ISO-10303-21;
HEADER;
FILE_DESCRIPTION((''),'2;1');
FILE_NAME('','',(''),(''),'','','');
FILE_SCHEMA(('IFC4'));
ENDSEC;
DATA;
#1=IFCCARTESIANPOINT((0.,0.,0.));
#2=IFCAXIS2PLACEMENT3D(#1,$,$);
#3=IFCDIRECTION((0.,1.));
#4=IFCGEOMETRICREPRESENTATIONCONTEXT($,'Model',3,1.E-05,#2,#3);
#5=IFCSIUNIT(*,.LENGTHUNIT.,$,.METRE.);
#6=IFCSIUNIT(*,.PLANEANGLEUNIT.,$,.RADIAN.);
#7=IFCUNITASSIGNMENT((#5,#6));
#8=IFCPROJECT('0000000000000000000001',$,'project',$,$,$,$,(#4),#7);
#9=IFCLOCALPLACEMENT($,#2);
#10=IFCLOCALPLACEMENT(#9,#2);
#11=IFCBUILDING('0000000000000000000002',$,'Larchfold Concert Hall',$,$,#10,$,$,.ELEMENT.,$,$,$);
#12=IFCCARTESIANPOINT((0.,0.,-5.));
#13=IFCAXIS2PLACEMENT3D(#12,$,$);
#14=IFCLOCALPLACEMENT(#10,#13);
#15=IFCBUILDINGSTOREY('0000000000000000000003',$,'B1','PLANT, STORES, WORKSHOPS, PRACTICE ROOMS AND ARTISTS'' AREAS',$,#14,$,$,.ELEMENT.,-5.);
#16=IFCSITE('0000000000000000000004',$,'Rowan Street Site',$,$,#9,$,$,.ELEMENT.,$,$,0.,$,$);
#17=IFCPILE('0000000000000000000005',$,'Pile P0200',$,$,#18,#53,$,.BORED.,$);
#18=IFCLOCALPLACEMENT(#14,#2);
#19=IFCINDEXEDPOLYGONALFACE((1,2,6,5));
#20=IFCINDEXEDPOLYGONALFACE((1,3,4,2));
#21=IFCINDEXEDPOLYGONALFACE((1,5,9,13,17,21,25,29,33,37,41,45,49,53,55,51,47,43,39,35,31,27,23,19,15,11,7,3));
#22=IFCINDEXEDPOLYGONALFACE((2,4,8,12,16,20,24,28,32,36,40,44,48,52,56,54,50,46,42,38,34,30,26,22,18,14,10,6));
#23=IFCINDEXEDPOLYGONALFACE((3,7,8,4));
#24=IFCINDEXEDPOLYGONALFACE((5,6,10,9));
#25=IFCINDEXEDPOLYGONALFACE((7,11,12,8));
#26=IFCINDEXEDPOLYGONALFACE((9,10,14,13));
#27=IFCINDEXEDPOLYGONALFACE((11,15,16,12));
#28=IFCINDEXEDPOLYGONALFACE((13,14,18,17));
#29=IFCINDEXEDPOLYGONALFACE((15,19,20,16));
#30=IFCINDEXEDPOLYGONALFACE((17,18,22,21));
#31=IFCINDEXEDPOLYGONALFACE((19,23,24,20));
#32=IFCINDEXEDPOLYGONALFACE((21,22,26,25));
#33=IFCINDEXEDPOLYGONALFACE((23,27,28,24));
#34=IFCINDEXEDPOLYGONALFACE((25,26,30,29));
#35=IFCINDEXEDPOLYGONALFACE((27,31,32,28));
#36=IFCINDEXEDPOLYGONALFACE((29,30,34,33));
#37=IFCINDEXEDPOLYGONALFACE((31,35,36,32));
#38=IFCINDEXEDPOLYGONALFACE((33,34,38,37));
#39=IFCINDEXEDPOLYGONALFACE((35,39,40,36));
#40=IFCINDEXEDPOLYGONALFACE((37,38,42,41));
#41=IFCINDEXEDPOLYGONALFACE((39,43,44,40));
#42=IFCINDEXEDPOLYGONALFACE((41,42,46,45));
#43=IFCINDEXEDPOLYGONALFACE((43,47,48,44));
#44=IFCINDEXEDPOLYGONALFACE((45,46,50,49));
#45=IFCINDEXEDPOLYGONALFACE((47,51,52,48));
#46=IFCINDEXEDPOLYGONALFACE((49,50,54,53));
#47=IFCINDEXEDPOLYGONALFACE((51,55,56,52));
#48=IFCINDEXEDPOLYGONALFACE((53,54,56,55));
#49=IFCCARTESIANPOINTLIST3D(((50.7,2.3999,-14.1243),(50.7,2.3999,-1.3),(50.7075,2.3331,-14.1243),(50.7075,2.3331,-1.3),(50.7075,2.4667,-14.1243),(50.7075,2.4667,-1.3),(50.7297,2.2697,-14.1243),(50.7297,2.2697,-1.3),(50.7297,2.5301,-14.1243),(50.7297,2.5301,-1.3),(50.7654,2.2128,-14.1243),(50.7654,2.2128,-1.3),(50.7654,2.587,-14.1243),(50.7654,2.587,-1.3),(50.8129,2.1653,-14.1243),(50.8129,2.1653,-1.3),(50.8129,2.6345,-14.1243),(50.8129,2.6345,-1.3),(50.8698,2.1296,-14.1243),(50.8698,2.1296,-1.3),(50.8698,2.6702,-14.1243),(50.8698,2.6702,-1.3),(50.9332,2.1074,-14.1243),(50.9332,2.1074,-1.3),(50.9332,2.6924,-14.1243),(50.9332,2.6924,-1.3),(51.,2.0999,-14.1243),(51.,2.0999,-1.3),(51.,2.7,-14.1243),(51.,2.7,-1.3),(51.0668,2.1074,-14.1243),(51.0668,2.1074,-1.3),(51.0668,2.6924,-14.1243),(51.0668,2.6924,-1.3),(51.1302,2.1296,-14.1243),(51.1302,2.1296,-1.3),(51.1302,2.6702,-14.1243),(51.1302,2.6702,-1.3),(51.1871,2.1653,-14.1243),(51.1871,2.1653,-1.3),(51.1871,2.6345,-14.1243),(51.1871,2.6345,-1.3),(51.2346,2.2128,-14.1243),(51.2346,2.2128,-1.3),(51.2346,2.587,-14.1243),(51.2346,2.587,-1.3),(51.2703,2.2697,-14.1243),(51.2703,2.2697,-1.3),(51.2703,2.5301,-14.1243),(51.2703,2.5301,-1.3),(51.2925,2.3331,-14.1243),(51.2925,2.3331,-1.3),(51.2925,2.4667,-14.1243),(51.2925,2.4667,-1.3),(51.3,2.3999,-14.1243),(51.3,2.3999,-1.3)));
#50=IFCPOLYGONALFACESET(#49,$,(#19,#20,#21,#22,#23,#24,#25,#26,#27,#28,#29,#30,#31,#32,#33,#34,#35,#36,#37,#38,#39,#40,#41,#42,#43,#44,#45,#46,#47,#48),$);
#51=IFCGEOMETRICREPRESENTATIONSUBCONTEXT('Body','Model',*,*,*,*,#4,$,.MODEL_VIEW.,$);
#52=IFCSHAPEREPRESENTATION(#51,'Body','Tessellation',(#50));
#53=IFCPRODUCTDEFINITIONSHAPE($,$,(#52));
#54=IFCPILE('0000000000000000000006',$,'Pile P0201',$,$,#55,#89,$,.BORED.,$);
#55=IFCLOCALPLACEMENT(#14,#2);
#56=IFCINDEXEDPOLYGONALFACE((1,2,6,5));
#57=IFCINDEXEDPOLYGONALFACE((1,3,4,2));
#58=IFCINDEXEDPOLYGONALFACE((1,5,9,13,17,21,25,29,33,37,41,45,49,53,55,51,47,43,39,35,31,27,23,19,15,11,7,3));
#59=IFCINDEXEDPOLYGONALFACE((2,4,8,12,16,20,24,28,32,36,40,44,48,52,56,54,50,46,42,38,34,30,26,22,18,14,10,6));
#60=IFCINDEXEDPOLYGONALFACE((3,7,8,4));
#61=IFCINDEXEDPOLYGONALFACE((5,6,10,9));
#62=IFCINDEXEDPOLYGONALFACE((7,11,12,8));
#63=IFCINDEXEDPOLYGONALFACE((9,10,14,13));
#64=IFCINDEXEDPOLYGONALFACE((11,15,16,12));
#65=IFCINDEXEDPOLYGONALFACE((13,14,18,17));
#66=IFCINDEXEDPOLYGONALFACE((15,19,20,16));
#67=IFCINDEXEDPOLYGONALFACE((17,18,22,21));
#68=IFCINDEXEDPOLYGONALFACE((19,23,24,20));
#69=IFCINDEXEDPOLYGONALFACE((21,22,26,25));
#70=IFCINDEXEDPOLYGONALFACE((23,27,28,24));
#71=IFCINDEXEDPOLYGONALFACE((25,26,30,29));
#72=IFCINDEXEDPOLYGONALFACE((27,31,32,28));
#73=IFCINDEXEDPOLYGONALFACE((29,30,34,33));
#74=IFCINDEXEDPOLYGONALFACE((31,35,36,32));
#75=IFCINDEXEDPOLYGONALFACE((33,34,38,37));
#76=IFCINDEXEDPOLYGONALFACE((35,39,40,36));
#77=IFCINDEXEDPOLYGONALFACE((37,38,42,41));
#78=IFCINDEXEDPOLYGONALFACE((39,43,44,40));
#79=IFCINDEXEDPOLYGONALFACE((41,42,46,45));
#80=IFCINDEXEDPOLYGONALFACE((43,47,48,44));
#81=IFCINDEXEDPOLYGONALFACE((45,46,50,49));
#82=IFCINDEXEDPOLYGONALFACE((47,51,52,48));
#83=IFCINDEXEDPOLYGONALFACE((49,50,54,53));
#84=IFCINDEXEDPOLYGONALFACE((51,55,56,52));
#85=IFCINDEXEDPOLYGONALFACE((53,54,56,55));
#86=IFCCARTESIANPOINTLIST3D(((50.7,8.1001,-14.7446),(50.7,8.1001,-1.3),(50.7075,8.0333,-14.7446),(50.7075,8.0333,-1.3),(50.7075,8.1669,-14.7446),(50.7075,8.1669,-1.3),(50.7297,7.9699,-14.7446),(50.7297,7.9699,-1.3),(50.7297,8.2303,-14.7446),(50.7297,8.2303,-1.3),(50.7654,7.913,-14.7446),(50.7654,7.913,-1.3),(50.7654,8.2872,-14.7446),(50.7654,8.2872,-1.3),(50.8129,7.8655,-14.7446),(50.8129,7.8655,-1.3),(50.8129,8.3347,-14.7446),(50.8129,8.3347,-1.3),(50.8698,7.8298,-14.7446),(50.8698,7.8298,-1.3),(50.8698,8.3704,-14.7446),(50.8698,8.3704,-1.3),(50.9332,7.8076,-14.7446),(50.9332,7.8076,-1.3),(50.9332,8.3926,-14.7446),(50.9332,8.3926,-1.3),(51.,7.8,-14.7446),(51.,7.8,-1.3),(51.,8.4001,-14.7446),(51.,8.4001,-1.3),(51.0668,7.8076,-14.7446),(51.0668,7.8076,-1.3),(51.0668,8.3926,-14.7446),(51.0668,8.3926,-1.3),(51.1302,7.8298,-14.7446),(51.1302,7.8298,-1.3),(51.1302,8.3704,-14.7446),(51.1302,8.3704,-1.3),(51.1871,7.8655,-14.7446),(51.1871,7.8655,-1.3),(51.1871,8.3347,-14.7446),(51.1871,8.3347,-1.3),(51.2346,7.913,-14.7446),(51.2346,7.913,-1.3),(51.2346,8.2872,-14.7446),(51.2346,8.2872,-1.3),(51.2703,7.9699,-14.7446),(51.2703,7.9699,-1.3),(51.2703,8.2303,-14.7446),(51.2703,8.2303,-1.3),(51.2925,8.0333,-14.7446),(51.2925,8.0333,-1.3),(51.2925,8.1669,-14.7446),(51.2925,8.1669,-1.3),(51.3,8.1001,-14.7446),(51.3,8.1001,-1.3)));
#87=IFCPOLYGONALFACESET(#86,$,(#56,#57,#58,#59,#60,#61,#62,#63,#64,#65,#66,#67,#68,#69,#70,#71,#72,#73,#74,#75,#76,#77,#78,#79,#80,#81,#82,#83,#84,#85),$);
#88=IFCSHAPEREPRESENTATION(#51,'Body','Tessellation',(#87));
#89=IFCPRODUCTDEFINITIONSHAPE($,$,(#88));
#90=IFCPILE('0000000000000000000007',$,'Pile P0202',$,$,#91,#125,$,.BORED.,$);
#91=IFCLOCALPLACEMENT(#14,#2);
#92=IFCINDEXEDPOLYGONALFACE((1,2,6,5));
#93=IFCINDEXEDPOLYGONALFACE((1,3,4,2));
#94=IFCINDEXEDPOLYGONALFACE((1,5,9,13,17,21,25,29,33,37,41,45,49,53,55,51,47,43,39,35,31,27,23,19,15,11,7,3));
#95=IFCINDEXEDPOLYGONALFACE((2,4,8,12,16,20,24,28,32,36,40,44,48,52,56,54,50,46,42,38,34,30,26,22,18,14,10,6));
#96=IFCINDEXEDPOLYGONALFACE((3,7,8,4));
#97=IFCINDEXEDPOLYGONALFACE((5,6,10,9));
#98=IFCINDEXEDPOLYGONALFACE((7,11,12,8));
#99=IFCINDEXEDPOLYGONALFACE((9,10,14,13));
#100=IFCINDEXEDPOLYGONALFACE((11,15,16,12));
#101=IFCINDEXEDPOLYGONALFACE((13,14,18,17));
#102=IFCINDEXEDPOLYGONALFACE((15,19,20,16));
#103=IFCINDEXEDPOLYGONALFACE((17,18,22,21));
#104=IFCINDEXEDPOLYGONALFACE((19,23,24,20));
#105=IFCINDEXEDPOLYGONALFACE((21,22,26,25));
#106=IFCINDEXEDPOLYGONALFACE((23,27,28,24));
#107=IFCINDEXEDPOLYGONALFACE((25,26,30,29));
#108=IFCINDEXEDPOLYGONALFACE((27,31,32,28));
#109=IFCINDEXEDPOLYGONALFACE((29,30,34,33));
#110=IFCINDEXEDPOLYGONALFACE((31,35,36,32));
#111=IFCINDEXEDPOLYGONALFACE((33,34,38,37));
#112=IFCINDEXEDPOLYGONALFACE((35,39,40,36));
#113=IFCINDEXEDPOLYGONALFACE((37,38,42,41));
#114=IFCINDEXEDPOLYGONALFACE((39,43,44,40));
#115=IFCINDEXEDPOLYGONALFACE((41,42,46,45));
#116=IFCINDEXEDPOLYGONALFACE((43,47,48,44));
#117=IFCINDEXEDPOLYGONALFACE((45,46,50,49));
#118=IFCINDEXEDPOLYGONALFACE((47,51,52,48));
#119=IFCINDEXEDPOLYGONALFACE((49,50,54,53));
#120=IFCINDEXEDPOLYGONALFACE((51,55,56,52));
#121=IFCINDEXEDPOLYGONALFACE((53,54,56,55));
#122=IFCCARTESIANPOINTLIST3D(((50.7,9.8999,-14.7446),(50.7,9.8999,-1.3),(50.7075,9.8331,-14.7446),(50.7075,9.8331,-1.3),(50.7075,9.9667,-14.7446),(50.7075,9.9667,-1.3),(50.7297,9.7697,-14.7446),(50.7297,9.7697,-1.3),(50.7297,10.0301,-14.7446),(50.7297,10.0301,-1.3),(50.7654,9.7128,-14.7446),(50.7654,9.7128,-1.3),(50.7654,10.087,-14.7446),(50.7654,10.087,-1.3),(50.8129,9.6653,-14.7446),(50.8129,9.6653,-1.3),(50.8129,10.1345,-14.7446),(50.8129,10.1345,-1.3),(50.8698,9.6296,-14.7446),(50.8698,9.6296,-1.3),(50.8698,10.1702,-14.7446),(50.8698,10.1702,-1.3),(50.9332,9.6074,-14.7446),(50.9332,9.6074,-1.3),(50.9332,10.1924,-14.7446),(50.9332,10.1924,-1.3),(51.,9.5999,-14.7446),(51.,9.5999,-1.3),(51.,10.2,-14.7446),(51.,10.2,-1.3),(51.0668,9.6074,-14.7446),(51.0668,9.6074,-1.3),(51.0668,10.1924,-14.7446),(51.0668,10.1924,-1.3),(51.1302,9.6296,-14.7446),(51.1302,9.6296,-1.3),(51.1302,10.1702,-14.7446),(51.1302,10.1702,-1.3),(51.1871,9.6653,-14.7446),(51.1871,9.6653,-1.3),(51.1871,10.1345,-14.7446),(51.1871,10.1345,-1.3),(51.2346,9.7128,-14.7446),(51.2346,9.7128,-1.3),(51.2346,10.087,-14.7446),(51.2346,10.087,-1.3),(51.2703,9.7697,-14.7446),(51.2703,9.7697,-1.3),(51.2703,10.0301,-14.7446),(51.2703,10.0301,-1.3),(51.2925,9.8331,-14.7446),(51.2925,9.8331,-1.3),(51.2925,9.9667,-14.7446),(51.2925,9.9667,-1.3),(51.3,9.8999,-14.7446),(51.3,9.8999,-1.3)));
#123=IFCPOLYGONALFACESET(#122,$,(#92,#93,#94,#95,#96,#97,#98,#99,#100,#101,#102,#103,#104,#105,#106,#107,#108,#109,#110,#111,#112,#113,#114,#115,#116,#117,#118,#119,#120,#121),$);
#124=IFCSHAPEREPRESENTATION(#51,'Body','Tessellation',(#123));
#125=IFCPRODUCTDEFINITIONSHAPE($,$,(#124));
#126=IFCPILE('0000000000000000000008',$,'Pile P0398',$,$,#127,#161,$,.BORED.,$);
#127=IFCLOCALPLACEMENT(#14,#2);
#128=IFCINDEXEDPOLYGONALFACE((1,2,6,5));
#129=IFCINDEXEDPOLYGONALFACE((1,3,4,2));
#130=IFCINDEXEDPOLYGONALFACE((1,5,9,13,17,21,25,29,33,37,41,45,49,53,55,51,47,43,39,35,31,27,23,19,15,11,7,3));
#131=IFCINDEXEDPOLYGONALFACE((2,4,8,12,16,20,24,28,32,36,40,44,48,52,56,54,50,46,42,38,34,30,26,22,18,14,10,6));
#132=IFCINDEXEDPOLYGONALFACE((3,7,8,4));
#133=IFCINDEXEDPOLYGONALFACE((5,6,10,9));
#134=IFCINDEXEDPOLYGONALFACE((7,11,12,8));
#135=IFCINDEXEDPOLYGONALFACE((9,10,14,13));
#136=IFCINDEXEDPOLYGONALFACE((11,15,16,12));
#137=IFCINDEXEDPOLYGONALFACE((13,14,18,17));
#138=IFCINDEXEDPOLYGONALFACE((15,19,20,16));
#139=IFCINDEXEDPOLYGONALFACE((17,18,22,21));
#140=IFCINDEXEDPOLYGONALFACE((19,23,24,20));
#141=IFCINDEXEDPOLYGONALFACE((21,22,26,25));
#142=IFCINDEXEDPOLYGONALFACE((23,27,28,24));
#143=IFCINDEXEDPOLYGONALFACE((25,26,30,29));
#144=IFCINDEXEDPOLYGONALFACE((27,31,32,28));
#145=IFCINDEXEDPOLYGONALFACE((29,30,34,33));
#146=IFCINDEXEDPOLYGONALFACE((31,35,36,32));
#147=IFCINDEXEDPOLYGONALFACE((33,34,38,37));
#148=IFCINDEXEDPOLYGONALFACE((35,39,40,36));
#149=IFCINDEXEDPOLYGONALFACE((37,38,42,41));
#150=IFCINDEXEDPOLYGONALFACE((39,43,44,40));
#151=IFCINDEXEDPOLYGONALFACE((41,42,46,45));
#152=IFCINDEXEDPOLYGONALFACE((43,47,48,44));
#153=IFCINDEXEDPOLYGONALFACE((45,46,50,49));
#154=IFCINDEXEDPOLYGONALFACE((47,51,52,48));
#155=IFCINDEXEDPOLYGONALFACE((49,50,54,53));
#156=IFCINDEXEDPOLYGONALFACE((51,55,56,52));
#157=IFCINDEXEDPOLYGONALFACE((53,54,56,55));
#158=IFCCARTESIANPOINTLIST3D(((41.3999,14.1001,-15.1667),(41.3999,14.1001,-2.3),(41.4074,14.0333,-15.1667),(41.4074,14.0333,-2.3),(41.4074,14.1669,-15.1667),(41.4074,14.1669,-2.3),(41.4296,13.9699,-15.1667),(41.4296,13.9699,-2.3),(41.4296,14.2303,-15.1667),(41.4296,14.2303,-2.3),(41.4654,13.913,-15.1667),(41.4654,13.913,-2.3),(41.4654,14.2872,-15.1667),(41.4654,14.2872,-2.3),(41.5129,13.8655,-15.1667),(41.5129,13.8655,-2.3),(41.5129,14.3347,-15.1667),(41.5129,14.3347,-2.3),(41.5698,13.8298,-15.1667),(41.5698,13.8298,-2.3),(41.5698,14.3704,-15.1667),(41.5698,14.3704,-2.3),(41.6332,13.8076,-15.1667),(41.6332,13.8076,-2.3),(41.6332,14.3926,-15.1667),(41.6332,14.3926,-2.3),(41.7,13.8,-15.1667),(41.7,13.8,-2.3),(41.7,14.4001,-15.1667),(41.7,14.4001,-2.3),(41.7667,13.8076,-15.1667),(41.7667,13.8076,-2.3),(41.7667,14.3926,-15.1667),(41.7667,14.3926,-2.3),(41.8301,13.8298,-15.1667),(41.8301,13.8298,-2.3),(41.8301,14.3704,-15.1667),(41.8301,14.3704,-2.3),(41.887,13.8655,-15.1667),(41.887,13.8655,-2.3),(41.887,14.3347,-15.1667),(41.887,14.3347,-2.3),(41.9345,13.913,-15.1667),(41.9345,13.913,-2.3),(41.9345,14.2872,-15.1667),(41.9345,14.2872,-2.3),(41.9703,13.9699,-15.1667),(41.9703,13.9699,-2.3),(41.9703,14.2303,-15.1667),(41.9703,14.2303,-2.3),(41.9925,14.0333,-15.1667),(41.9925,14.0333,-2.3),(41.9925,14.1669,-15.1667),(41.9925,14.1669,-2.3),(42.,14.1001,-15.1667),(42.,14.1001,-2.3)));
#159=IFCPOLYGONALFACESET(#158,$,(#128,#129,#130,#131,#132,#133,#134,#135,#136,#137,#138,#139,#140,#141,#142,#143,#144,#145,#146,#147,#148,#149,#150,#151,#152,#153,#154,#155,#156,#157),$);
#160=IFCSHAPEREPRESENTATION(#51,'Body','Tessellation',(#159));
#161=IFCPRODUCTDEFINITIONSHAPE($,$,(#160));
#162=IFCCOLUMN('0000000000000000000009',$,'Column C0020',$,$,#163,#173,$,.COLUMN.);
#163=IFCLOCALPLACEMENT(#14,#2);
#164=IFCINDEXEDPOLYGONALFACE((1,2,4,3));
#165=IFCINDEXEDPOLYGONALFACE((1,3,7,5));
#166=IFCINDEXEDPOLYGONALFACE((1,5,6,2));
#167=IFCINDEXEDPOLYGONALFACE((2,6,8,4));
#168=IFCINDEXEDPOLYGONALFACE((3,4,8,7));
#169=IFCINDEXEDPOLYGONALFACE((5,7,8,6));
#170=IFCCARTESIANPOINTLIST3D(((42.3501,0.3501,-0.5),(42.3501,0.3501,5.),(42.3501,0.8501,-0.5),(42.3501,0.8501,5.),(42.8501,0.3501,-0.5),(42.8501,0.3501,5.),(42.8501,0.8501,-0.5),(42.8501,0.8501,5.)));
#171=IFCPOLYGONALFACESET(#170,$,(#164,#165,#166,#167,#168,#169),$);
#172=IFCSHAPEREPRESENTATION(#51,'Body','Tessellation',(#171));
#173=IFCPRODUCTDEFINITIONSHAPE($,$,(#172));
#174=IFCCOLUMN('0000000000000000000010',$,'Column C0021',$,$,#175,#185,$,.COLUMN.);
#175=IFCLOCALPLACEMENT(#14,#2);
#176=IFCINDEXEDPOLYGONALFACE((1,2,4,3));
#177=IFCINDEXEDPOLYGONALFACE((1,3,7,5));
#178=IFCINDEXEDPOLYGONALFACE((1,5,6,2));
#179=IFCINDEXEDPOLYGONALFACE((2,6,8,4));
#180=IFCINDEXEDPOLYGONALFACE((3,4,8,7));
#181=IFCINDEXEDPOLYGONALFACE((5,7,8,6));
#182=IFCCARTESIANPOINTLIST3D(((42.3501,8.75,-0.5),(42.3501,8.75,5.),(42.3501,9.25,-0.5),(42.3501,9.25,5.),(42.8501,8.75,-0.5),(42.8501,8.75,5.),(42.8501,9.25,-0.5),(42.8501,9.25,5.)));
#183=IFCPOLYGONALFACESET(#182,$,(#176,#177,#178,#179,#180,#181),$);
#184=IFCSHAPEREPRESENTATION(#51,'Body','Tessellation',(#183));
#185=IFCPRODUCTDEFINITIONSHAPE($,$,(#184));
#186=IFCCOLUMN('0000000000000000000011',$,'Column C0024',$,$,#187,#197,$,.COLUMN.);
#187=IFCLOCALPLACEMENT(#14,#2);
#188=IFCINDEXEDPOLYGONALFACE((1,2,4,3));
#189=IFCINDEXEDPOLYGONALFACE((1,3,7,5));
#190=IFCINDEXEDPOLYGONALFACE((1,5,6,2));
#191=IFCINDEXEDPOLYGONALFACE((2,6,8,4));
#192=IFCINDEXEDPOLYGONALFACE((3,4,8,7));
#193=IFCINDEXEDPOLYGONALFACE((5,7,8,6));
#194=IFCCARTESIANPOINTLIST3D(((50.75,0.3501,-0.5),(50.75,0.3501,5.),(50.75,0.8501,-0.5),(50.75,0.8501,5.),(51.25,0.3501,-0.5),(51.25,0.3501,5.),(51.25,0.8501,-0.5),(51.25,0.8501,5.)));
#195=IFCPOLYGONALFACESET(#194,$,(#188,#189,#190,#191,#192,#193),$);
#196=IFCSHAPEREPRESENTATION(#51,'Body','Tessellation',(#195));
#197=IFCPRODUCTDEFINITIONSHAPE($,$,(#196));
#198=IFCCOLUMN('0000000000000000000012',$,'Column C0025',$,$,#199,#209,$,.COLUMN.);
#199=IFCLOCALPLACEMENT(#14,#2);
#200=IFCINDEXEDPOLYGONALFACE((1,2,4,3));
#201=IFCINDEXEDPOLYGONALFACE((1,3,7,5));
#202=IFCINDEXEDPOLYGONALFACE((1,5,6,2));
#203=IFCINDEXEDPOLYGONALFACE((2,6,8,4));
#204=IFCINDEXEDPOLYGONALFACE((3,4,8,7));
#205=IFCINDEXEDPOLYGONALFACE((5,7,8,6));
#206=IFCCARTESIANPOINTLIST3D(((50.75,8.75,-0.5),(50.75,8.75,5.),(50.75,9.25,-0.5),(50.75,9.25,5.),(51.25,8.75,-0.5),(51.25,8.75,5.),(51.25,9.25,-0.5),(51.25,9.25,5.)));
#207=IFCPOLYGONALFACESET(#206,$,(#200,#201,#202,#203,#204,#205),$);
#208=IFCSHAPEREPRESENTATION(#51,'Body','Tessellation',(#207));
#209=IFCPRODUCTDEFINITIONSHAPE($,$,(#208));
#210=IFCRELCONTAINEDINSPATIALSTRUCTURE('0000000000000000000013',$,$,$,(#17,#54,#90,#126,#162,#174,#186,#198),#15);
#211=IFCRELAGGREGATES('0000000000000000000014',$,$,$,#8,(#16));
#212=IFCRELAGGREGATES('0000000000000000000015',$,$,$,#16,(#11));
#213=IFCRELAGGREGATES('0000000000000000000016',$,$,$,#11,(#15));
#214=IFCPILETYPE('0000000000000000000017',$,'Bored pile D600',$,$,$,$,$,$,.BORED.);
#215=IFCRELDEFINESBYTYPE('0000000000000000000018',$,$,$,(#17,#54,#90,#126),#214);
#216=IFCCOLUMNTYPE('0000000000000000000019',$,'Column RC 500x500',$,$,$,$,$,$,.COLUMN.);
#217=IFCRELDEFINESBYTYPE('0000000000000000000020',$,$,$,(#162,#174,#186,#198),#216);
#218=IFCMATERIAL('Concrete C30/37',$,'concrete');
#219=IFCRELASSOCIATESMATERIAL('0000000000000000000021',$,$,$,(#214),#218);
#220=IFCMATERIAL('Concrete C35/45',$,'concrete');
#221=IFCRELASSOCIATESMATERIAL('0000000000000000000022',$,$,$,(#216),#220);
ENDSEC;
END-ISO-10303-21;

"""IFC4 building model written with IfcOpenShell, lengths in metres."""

from ifc_helpers import new_model, si_unit, direction, frame, origin, origin_2d, place, context, subcontext, project, spatial, rectangle, circle, extrude, material, material_profile, profile_set, type_object, element, save


model = new_model("IFC4")

# Units and contexts
model_context = context("Model", 3, precision=1e-05, world=origin(), true_north=direction((0.0, 1.0)))
body_context = subcontext(model_context, "Body", "Model", "MODEL_VIEW")
ifc_project = project(units=[si_unit("LENGTHUNIT", "METRE"), si_unit("PLANEANGLEUNIT", "RADIAN")], contexts=[model_context])

# Site, building, storey
site_placement = place(None, origin())
site = spatial("IfcSite", under=ifc_project, at=site_placement, Name="Rowan Street Site", CompositionType="ELEMENT", RefElevation=0.0)
building_placement = place(site_placement, origin())
building = spatial("IfcBuilding", under=site, at=building_placement, Name="Larchfold Concert Hall", CompositionType="ELEMENT")
storey_placement = place(building_placement, frame((0.0, 0.0, -5.0)))
storey = spatial("IfcBuildingStorey", under=building, at=storey_placement, Name="B1", Description="PLANT, STORES, WORKSHOPS, PRACTICE ROOMS AND ARTISTS' AREAS", CompositionType="ELEMENT", Elevation=-5.0)

# Piles
ifc_material_1 = material(Name="Concrete C30/37", Category="concrete")
ifc_material_profile_1 = material_profile(ifc_material_1, circle(Radius=0.3, at=origin_2d()))
ifc_profile_set_1 = profile_set([ifc_material_profile_1], Name="Concrete C30/37")
pile_type = type_object("IfcPileType", Name="Bored pile D600", PredefinedType="BORED", material=ifc_profile_set_1)
for number, where, z_axis, x_axis, name in (
    (1, (51.0, 2.3999, -1.3), (0.0, 0.0, -1.0), (1.0, 0.0, 0.0), "Pile P0200"),
):
    element("IfcPile", number, at=place(storey_placement, frame(where, z_axis=z_axis, x_axis=x_axis)), inside=storey, type_object=pile_type, Name=name, PredefinedType="BORED", context=body_context, shape_type="SweptSolid", body=[
        extrude(circle(Radius=0.3, at=origin_2d()), origin(), (0.0, 0.0, 1.0), 12.8242),
    ])
for number, where, z_axis, x_axis, name in (
    (2, (51.0, 8.1001, -1.3), (0.0, 0.0, -1.0), (1.0, 0.0, 0.0), "Pile P0201"),
    (3, (51.0, 9.8999, -1.3), (0.0, 0.0, -1.0), (1.0, 0.0, 0.0), "Pile P0202"),
):
    element("IfcPile", number, at=place(storey_placement, frame(where, z_axis=z_axis, x_axis=x_axis)), inside=storey, type_object=pile_type, Name=name, PredefinedType="BORED", context=body_context, shape_type="SweptSolid", body=[
        extrude(circle(Radius=0.3, at=origin_2d()), origin(), (0.0, 0.0, 1.0), 13.4446),
    ])
pile_placement = place(storey_placement, frame((41.7, 14.1001, -2.3), z_axis=(0.0, 0.0, -1.0), x_axis=(1.0, 0.0, 0.0)))
element("IfcPile", 4, at=pile_placement, inside=storey, type_object=pile_type, Name="Pile P0398", PredefinedType="BORED", context=body_context, shape_type="SweptSolid", body=[
    extrude(circle(Radius=0.3, at=origin_2d()), origin(), (0.0, 0.0, 1.0), 12.8667),
])

# Columns
ifc_material_2 = material(Name="Concrete C35/45", Category="concrete")
ifc_material_profile_2 = material_profile(ifc_material_2, rectangle(XDim=0.5, YDim=0.5, at=origin_2d()))
ifc_profile_set_2 = profile_set([ifc_material_profile_2], Name="Concrete C35/45")
column_type = type_object("IfcColumnType", Name="Column RC 500x500", PredefinedType="COLUMN", material=ifc_profile_set_2)
for number, where, z_axis, x_axis, name in (
    (5, (42.6001, 0.6001, -0.5), (0.0, 0.0, 1.0), (1.0, 0.0, 0.0), "Column C0020"),
    (6, (42.6001, 9.0, -0.5), (0.0, 0.0, 1.0), (1.0, 0.0, 0.0), "Column C0021"),
    (7, (51.0, 0.6001, -0.5), (0.0, 0.0, 1.0), (1.0, 0.0, 0.0), "Column C0024"),
    (8, (51.0, 9.0, -0.5), (0.0, 0.0, 1.0), (1.0, 0.0, 0.0), "Column C0025"),
):
    element("IfcColumn", number, at=place(storey_placement, frame(where, z_axis=z_axis, x_axis=x_axis)), inside=storey, type_object=column_type, Name=name, PredefinedType="COLUMN", context=body_context, shape_type="SweptSolid", body=[
        extrude(rectangle(XDim=0.5, YDim=0.5, at=origin_2d()), origin(), (0.0, 0.0, 1.0), 5.5),
    ])

save(model, "model.ifc")
